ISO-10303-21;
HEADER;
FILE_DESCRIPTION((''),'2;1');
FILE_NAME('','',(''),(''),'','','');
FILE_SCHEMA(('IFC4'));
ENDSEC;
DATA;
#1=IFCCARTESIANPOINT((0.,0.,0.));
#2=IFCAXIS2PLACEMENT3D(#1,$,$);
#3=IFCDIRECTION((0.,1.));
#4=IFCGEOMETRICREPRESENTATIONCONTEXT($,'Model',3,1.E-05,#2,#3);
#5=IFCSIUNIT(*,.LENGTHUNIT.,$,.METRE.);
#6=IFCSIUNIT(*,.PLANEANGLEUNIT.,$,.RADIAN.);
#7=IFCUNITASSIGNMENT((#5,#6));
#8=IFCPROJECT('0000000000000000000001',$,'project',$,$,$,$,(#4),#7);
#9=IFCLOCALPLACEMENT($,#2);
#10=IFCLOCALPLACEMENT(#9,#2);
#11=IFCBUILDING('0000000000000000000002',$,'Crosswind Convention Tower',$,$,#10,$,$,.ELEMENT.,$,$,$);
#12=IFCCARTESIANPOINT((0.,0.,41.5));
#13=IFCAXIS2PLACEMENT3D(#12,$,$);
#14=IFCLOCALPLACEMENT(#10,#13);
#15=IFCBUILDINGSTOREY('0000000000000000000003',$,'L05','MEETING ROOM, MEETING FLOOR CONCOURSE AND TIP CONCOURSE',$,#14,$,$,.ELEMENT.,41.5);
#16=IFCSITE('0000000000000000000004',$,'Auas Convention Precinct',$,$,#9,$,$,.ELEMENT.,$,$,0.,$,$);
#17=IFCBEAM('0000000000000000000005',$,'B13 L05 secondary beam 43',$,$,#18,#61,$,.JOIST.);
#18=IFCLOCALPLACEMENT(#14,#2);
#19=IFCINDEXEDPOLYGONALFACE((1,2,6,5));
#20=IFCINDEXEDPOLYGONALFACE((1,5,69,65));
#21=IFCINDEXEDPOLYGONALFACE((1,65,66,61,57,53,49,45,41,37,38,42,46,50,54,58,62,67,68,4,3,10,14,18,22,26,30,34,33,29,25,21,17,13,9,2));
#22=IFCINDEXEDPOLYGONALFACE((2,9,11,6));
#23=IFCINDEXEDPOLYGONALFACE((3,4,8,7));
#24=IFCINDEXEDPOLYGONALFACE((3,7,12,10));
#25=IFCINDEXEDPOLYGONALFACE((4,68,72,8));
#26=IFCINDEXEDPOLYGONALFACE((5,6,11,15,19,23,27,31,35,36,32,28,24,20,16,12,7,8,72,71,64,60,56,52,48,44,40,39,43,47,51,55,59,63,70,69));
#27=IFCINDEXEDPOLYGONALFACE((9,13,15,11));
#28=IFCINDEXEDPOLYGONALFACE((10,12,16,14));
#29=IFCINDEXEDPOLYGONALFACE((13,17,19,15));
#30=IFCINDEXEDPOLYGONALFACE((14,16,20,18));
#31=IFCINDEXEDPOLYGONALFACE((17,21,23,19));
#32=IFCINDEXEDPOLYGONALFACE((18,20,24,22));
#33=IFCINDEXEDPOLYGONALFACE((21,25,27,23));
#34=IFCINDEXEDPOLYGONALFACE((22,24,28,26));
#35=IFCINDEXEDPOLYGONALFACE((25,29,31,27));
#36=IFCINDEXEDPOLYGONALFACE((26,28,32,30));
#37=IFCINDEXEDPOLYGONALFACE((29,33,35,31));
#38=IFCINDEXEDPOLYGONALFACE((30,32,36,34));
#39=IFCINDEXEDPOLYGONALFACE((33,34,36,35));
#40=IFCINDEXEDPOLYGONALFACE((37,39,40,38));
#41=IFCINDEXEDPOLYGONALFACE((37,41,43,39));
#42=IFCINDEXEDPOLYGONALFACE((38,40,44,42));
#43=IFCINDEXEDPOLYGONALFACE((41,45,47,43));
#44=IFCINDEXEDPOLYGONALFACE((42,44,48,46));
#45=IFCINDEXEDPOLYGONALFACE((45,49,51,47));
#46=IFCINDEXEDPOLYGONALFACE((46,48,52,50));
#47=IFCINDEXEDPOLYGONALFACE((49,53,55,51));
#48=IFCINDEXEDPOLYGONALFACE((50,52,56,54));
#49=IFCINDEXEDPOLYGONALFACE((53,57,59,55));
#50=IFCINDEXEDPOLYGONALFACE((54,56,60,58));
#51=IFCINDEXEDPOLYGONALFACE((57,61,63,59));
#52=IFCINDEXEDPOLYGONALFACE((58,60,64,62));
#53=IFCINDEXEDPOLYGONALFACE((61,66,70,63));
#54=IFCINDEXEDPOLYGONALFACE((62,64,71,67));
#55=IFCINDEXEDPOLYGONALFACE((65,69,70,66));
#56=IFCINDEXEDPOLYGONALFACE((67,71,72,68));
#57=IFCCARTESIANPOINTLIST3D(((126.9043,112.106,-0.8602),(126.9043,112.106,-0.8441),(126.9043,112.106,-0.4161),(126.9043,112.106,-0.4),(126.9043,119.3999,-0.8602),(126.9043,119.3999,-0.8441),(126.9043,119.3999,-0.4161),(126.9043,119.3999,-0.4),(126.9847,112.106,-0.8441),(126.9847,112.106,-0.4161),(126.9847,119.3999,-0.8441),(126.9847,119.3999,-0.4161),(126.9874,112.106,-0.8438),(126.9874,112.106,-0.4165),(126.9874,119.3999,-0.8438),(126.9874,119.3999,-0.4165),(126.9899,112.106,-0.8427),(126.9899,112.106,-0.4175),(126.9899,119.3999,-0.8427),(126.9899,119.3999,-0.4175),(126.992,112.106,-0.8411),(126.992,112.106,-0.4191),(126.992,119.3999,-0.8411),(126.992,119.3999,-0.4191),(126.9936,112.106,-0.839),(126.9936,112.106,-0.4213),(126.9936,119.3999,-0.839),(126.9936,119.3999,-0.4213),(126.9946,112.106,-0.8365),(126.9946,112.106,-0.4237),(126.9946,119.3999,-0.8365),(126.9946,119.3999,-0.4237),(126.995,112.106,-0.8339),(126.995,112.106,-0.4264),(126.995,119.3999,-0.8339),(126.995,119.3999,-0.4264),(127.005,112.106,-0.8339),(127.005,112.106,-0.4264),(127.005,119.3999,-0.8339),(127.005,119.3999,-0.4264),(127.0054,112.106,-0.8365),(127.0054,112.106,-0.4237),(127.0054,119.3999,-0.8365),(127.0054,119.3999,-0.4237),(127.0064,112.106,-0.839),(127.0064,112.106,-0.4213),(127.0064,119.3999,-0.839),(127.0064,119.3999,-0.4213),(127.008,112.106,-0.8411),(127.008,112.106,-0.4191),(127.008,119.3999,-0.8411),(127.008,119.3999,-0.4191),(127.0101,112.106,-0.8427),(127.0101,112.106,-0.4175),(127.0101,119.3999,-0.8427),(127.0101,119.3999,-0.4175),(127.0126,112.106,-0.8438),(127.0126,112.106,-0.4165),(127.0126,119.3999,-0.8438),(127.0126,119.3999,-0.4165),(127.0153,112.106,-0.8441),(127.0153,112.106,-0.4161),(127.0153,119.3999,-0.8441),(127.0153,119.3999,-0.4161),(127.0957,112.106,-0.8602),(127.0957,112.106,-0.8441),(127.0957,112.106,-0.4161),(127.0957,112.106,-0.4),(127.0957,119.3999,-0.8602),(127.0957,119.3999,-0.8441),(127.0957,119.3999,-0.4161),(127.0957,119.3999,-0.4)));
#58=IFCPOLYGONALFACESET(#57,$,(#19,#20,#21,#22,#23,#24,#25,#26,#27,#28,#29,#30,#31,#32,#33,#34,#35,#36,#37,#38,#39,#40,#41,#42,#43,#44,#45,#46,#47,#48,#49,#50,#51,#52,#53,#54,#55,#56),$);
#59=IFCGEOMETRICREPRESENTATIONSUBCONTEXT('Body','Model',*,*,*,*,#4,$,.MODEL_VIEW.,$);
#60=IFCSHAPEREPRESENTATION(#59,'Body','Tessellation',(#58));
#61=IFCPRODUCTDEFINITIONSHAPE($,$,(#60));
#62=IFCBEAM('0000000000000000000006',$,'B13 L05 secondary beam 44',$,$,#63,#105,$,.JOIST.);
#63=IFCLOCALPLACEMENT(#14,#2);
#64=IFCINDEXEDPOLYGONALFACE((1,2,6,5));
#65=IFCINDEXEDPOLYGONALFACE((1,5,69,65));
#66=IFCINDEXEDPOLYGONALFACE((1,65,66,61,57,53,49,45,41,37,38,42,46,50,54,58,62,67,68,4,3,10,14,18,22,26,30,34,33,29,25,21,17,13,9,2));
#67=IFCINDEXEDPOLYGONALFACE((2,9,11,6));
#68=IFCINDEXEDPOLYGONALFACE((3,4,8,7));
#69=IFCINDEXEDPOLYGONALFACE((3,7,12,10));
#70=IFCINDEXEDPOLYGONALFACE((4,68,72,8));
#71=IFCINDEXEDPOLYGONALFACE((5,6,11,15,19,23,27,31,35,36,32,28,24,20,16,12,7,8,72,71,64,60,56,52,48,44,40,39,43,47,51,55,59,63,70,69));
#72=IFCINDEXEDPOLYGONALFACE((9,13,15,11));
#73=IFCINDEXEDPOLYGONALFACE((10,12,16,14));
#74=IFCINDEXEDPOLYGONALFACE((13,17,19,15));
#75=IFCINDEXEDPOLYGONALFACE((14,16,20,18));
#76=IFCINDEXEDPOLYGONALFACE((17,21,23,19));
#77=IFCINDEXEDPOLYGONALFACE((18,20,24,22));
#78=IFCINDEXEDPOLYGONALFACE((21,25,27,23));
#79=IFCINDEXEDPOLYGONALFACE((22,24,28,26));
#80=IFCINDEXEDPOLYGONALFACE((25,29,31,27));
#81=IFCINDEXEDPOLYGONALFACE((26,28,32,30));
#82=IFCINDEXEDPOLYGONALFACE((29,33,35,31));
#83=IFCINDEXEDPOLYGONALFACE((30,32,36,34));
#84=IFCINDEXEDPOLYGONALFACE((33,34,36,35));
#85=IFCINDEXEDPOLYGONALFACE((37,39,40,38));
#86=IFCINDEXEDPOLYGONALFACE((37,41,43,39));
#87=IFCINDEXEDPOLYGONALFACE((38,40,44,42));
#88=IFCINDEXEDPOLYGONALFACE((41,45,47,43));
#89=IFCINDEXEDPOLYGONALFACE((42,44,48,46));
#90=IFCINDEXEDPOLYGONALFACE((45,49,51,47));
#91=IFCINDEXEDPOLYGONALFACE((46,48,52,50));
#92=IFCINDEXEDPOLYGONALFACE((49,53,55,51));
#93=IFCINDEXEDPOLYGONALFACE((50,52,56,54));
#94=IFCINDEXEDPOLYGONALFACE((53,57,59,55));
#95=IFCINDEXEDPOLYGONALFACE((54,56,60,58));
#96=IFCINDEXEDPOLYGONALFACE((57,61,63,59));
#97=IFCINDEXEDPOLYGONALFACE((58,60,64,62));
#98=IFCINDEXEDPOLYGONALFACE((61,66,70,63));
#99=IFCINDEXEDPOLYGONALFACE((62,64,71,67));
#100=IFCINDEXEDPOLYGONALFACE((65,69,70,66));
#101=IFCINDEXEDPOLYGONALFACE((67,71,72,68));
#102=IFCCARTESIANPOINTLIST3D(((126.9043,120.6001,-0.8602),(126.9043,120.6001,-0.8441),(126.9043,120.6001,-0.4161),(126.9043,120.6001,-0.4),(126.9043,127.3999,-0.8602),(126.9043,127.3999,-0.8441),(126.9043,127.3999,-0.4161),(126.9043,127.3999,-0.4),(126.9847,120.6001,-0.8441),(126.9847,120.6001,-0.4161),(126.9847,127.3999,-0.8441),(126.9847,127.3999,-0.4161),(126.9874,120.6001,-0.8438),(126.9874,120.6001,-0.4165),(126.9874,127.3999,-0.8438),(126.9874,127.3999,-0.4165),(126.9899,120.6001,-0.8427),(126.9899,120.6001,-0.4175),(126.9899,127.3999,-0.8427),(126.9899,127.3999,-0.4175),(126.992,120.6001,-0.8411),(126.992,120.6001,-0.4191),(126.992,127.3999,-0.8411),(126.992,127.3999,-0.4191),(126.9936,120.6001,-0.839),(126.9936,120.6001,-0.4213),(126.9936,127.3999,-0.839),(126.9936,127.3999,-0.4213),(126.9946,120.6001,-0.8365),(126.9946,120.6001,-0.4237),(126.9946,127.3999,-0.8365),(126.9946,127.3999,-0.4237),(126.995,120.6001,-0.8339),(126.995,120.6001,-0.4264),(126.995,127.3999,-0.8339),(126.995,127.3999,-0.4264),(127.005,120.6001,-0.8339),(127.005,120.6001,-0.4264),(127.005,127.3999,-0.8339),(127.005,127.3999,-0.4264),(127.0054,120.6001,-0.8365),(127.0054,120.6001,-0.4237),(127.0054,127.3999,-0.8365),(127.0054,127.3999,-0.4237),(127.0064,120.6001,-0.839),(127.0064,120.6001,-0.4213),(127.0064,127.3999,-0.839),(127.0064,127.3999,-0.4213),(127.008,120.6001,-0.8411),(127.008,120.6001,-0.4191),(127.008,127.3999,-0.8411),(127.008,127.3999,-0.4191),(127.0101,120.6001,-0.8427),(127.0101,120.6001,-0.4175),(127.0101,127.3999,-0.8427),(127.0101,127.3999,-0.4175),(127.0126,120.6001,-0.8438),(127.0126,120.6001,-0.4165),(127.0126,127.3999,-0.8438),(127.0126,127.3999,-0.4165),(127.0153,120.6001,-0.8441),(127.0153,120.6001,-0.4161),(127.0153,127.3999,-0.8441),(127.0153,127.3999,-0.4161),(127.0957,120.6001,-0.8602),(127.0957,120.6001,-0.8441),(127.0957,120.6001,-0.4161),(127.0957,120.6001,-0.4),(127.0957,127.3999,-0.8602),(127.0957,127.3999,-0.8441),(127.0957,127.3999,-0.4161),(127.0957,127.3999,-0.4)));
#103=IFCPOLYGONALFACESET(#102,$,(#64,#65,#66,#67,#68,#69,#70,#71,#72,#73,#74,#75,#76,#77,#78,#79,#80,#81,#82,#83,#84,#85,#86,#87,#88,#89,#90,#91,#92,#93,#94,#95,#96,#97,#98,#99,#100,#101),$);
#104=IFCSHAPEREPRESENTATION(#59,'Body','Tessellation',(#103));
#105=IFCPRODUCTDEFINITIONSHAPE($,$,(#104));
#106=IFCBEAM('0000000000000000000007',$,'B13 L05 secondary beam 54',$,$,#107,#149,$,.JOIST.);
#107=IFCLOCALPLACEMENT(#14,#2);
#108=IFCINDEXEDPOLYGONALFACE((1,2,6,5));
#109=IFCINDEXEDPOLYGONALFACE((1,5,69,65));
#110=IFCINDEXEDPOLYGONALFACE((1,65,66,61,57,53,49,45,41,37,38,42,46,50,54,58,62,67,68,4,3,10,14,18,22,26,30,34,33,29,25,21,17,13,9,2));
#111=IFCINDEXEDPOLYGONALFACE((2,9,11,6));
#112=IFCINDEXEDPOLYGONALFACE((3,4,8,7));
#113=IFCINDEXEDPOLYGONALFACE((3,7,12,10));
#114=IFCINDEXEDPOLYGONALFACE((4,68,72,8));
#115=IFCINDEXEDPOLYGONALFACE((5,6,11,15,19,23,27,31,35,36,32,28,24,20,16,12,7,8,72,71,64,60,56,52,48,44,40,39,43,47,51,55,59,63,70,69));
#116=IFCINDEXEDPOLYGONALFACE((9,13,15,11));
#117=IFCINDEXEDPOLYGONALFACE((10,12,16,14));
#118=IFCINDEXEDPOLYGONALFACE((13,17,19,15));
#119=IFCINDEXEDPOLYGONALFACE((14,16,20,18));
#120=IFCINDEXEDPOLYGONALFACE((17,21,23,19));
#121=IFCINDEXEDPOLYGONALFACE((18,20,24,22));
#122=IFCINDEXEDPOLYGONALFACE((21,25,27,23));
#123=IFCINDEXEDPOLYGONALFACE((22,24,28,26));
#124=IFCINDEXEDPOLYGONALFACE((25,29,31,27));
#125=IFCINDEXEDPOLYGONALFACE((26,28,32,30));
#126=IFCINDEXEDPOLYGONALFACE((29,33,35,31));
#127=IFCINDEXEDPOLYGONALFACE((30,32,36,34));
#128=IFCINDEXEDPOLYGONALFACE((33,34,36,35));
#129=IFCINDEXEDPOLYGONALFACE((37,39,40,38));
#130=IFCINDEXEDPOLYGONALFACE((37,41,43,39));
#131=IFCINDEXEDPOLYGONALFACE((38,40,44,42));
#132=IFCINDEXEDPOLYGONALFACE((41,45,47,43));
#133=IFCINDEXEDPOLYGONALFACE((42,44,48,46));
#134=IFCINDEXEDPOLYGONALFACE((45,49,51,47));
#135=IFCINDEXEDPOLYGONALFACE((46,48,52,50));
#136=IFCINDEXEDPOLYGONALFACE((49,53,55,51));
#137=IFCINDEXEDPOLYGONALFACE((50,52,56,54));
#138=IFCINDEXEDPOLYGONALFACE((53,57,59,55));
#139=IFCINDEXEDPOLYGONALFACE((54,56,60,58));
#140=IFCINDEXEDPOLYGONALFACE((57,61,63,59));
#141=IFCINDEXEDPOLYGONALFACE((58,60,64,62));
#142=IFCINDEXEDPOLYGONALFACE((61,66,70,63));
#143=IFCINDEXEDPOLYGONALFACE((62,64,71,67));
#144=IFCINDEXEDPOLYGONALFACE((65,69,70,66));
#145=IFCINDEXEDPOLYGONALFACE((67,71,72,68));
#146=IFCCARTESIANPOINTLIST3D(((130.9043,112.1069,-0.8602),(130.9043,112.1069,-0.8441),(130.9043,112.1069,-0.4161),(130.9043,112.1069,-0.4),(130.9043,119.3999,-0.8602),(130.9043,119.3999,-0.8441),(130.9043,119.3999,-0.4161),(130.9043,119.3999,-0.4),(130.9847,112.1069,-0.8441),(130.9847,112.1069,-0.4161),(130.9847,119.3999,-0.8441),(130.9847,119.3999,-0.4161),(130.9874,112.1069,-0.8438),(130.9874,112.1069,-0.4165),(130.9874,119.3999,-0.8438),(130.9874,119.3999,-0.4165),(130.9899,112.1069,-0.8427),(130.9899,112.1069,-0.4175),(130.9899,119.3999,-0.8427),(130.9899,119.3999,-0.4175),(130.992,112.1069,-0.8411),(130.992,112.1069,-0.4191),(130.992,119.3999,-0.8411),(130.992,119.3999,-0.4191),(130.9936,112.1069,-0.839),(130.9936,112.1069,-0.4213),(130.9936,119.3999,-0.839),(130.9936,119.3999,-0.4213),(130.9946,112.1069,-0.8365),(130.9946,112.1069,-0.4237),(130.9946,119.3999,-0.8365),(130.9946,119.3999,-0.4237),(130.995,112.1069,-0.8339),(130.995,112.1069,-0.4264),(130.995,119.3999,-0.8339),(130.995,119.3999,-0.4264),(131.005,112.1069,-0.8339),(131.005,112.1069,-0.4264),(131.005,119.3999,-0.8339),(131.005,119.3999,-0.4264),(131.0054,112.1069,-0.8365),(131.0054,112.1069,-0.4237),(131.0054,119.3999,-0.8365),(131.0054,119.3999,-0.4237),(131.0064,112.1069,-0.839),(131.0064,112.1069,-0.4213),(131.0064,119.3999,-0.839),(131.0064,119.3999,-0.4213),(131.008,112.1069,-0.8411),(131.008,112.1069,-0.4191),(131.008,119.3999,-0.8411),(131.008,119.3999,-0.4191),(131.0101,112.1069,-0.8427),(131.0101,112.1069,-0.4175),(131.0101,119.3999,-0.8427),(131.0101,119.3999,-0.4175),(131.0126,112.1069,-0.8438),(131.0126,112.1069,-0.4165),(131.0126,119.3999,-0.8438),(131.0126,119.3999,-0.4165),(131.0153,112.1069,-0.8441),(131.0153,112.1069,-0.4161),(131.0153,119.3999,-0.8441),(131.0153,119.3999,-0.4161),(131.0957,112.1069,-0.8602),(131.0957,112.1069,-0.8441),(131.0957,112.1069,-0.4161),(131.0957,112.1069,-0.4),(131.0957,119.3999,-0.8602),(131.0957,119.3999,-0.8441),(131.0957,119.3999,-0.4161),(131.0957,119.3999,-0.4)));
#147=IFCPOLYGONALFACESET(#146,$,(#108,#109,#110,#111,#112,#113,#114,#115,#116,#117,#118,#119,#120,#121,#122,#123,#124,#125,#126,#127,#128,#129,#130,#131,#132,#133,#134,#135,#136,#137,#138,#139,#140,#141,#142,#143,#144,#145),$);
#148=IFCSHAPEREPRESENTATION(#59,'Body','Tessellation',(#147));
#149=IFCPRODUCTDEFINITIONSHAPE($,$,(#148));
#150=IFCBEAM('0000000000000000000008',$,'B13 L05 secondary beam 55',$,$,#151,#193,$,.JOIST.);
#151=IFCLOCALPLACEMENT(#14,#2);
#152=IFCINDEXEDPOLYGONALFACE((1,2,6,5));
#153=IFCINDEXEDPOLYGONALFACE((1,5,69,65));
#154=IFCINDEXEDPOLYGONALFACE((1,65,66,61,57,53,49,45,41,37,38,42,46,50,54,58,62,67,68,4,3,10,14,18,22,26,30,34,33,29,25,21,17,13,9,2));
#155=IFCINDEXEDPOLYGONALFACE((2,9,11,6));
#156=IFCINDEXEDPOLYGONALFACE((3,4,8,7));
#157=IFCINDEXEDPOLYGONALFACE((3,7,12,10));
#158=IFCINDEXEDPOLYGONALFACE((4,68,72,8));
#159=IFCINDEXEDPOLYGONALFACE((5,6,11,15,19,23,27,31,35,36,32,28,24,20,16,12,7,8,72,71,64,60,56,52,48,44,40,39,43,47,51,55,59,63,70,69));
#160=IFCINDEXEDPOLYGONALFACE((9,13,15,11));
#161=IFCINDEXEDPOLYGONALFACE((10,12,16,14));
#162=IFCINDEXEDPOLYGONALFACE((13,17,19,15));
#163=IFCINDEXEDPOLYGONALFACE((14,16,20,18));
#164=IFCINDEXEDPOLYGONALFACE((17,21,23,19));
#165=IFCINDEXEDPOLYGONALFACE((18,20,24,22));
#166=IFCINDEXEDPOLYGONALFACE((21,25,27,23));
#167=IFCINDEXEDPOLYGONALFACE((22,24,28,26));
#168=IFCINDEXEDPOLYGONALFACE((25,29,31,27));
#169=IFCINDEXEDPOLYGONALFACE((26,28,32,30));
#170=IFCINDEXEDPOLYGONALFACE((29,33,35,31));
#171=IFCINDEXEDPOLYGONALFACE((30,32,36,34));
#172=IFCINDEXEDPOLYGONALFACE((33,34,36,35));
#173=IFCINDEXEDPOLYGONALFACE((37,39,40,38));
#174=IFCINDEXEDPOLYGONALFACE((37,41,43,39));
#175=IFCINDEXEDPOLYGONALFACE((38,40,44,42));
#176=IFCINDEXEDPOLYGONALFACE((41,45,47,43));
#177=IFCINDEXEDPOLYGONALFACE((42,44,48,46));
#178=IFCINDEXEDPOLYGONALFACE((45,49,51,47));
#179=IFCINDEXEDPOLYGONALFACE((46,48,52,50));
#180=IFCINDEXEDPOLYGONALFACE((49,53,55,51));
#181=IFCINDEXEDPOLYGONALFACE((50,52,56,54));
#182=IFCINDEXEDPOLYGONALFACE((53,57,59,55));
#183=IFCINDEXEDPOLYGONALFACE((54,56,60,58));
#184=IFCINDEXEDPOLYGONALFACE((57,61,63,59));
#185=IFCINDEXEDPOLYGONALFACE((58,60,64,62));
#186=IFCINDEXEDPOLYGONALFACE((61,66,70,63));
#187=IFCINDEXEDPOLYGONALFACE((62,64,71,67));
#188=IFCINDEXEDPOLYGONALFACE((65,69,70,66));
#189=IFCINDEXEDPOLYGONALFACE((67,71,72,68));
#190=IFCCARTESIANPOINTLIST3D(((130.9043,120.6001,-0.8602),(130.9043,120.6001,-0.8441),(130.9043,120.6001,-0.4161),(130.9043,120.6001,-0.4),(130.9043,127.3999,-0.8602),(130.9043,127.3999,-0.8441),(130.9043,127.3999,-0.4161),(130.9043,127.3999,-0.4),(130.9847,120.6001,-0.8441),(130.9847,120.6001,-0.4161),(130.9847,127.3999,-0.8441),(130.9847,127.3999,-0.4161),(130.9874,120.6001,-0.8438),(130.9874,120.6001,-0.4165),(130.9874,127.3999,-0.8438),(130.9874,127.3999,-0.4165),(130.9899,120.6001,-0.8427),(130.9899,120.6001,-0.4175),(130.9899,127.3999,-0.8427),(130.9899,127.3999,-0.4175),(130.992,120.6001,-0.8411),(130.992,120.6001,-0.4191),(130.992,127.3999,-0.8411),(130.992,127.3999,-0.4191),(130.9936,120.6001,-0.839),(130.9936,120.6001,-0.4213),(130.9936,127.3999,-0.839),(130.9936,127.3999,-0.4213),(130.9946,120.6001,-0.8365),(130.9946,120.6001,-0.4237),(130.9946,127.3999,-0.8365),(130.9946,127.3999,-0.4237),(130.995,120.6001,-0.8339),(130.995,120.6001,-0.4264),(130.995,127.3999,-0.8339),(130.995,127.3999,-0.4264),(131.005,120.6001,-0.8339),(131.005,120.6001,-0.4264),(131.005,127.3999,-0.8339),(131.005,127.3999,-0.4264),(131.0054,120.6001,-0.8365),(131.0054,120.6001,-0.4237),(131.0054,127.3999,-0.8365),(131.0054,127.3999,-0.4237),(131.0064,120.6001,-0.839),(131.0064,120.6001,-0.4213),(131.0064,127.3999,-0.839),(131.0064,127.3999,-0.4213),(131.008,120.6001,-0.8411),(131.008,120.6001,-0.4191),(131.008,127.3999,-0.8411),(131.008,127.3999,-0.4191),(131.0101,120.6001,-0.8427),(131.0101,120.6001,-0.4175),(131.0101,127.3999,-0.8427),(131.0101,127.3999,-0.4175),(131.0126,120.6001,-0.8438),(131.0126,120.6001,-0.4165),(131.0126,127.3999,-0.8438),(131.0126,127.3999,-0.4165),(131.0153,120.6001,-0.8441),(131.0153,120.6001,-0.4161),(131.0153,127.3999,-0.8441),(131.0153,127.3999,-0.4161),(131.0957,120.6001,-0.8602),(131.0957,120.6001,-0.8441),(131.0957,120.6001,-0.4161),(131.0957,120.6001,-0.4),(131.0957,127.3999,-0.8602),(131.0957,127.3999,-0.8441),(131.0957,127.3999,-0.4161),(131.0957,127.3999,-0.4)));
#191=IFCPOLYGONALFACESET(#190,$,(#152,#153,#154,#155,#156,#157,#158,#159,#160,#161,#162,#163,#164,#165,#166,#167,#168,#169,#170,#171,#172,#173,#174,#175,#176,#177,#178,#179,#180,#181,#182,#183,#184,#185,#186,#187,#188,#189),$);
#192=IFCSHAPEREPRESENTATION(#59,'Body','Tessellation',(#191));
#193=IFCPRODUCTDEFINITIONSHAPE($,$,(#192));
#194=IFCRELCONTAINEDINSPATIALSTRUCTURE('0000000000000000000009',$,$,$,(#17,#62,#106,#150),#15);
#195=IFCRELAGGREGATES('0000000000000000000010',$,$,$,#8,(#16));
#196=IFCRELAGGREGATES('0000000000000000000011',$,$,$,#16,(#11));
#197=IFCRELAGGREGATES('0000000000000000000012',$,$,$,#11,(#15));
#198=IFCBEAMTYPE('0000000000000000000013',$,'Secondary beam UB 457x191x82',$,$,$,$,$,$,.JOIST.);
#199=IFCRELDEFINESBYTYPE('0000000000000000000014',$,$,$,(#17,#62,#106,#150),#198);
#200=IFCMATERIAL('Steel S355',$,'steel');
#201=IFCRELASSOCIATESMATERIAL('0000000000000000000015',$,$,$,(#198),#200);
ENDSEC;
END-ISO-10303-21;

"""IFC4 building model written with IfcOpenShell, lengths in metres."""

from ifc_helpers import new_model, si_unit, direction, frame, origin, origin_2d, place, context, subcontext, project, spatial, i_section, extrude, material, material_profile, profile_set, type_object, element, save


model = new_model("IFC4")

# Units and contexts
model_context = context("Model", 3, precision=1e-05, world=origin(), true_north=direction((0.0, 1.0)))
body_context = subcontext(model_context, "Body", "Model", "MODEL_VIEW")
ifc_project = project(units=[si_unit("LENGTHUNIT", "METRE"), si_unit("PLANEANGLEUNIT", "RADIAN")], contexts=[model_context])

# Site, building, storey
site_placement = place(None, origin())
site = spatial("IfcSite", under=ifc_project, at=site_placement, Name="Auas Convention Precinct", CompositionType="ELEMENT", RefElevation=0.0)
building_placement = place(site_placement, origin())
building = spatial("IfcBuilding", under=site, at=building_placement, Name="Crosswind Convention Tower", CompositionType="ELEMENT")
storey_placement = place(building_placement, frame((0.0, 0.0, 41.5)))
storey = spatial("IfcBuildingStorey", under=building, at=storey_placement, Name="L05", Description="MEETING ROOM, MEETING FLOOR CONCOURSE AND TIP CONCOURSE", CompositionType="ELEMENT", Elevation=41.5)

# Shared definitions
ifc_material_1 = material(Name="Steel S355", Category="steel")

# Beams
ifc_material_profile_1 = material_profile(ifc_material_1, i_section(OverallWidth=0.1914, OverallDepth=0.4602, WebThickness=0.01, FlangeThickness=0.0161, FilletRadius=0.0103, at=origin_2d()), Name="UB 457x191x82")
ifc_profile_set_1 = profile_set([ifc_material_profile_1], Name="Steel S355")
beam_type_1 = type_object("IfcBeamType", Name="Secondary beam UB 457x191x82", PredefinedType="JOIST", material=ifc_profile_set_1)
beam_1_placement = place(storey_placement, frame((127.0, 112.106, -0.6301), z_axis=(0.0, 1.0, 0.0), x_axis=(-1.0, 0.0, 0.0)))
element("IfcBeam", 1, at=beam_1_placement, inside=storey, type_object=beam_type_1, Name="B13 L05 secondary beam 43", PredefinedType="JOIST", context=body_context, shape_type="SweptSolid", body=[
    extrude(i_section(OverallWidth=0.1914, OverallDepth=0.4602, WebThickness=0.01, FlangeThickness=0.0161, FilletRadius=0.0103, at=origin_2d()), origin(), (0.0, 0.0, 1.0), 7.2939),
])
beam_2_placement = place(storey_placement, frame((127.0, 120.6001, -0.6301), z_axis=(0.0, 1.0, 0.0), x_axis=(-1.0, 0.0, 0.0)))
element("IfcBeam", 2, at=beam_2_placement, inside=storey, type_object=beam_type_1, Name="B13 L05 secondary beam 44", PredefinedType="JOIST", context=body_context, shape_type="SweptSolid", body=[
    extrude(i_section(OverallWidth=0.1914, OverallDepth=0.4602, WebThickness=0.01, FlangeThickness=0.0161, FilletRadius=0.0103, at=origin_2d()), origin(), (0.0, 0.0, 1.0), 6.7998),
])
beam_3_placement = place(storey_placement, frame((131.0, 112.1069, -0.6301), z_axis=(0.0, 1.0, 0.0), x_axis=(-1.0, 0.0, 0.0)))
element("IfcBeam", 3, at=beam_3_placement, inside=storey, type_object=beam_type_1, Name="B13 L05 secondary beam 54", PredefinedType="JOIST", context=body_context, shape_type="SweptSolid", body=[
    extrude(i_section(OverallWidth=0.1914, OverallDepth=0.4602, WebThickness=0.01, FlangeThickness=0.0161, FilletRadius=0.0103, at=origin_2d()), origin(), (0.0, 0.0, 1.0), 7.293),
])
beam_4_placement = place(storey_placement, frame((131.0, 120.6001, -0.6301), z_axis=(0.0, 1.0, 0.0), x_axis=(-1.0, 0.0, 0.0)))
element("IfcBeam", 4, at=beam_4_placement, inside=storey, type_object=beam_type_1, Name="B13 L05 secondary beam 55", PredefinedType="JOIST", context=body_context, shape_type="SweptSolid", body=[
    extrude(i_section(OverallWidth=0.1914, OverallDepth=0.4602, WebThickness=0.01, FlangeThickness=0.0161, FilletRadius=0.0103, at=origin_2d()), origin(), (0.0, 0.0, 1.0), 6.7998),
])

save(model, "model.ifc")
